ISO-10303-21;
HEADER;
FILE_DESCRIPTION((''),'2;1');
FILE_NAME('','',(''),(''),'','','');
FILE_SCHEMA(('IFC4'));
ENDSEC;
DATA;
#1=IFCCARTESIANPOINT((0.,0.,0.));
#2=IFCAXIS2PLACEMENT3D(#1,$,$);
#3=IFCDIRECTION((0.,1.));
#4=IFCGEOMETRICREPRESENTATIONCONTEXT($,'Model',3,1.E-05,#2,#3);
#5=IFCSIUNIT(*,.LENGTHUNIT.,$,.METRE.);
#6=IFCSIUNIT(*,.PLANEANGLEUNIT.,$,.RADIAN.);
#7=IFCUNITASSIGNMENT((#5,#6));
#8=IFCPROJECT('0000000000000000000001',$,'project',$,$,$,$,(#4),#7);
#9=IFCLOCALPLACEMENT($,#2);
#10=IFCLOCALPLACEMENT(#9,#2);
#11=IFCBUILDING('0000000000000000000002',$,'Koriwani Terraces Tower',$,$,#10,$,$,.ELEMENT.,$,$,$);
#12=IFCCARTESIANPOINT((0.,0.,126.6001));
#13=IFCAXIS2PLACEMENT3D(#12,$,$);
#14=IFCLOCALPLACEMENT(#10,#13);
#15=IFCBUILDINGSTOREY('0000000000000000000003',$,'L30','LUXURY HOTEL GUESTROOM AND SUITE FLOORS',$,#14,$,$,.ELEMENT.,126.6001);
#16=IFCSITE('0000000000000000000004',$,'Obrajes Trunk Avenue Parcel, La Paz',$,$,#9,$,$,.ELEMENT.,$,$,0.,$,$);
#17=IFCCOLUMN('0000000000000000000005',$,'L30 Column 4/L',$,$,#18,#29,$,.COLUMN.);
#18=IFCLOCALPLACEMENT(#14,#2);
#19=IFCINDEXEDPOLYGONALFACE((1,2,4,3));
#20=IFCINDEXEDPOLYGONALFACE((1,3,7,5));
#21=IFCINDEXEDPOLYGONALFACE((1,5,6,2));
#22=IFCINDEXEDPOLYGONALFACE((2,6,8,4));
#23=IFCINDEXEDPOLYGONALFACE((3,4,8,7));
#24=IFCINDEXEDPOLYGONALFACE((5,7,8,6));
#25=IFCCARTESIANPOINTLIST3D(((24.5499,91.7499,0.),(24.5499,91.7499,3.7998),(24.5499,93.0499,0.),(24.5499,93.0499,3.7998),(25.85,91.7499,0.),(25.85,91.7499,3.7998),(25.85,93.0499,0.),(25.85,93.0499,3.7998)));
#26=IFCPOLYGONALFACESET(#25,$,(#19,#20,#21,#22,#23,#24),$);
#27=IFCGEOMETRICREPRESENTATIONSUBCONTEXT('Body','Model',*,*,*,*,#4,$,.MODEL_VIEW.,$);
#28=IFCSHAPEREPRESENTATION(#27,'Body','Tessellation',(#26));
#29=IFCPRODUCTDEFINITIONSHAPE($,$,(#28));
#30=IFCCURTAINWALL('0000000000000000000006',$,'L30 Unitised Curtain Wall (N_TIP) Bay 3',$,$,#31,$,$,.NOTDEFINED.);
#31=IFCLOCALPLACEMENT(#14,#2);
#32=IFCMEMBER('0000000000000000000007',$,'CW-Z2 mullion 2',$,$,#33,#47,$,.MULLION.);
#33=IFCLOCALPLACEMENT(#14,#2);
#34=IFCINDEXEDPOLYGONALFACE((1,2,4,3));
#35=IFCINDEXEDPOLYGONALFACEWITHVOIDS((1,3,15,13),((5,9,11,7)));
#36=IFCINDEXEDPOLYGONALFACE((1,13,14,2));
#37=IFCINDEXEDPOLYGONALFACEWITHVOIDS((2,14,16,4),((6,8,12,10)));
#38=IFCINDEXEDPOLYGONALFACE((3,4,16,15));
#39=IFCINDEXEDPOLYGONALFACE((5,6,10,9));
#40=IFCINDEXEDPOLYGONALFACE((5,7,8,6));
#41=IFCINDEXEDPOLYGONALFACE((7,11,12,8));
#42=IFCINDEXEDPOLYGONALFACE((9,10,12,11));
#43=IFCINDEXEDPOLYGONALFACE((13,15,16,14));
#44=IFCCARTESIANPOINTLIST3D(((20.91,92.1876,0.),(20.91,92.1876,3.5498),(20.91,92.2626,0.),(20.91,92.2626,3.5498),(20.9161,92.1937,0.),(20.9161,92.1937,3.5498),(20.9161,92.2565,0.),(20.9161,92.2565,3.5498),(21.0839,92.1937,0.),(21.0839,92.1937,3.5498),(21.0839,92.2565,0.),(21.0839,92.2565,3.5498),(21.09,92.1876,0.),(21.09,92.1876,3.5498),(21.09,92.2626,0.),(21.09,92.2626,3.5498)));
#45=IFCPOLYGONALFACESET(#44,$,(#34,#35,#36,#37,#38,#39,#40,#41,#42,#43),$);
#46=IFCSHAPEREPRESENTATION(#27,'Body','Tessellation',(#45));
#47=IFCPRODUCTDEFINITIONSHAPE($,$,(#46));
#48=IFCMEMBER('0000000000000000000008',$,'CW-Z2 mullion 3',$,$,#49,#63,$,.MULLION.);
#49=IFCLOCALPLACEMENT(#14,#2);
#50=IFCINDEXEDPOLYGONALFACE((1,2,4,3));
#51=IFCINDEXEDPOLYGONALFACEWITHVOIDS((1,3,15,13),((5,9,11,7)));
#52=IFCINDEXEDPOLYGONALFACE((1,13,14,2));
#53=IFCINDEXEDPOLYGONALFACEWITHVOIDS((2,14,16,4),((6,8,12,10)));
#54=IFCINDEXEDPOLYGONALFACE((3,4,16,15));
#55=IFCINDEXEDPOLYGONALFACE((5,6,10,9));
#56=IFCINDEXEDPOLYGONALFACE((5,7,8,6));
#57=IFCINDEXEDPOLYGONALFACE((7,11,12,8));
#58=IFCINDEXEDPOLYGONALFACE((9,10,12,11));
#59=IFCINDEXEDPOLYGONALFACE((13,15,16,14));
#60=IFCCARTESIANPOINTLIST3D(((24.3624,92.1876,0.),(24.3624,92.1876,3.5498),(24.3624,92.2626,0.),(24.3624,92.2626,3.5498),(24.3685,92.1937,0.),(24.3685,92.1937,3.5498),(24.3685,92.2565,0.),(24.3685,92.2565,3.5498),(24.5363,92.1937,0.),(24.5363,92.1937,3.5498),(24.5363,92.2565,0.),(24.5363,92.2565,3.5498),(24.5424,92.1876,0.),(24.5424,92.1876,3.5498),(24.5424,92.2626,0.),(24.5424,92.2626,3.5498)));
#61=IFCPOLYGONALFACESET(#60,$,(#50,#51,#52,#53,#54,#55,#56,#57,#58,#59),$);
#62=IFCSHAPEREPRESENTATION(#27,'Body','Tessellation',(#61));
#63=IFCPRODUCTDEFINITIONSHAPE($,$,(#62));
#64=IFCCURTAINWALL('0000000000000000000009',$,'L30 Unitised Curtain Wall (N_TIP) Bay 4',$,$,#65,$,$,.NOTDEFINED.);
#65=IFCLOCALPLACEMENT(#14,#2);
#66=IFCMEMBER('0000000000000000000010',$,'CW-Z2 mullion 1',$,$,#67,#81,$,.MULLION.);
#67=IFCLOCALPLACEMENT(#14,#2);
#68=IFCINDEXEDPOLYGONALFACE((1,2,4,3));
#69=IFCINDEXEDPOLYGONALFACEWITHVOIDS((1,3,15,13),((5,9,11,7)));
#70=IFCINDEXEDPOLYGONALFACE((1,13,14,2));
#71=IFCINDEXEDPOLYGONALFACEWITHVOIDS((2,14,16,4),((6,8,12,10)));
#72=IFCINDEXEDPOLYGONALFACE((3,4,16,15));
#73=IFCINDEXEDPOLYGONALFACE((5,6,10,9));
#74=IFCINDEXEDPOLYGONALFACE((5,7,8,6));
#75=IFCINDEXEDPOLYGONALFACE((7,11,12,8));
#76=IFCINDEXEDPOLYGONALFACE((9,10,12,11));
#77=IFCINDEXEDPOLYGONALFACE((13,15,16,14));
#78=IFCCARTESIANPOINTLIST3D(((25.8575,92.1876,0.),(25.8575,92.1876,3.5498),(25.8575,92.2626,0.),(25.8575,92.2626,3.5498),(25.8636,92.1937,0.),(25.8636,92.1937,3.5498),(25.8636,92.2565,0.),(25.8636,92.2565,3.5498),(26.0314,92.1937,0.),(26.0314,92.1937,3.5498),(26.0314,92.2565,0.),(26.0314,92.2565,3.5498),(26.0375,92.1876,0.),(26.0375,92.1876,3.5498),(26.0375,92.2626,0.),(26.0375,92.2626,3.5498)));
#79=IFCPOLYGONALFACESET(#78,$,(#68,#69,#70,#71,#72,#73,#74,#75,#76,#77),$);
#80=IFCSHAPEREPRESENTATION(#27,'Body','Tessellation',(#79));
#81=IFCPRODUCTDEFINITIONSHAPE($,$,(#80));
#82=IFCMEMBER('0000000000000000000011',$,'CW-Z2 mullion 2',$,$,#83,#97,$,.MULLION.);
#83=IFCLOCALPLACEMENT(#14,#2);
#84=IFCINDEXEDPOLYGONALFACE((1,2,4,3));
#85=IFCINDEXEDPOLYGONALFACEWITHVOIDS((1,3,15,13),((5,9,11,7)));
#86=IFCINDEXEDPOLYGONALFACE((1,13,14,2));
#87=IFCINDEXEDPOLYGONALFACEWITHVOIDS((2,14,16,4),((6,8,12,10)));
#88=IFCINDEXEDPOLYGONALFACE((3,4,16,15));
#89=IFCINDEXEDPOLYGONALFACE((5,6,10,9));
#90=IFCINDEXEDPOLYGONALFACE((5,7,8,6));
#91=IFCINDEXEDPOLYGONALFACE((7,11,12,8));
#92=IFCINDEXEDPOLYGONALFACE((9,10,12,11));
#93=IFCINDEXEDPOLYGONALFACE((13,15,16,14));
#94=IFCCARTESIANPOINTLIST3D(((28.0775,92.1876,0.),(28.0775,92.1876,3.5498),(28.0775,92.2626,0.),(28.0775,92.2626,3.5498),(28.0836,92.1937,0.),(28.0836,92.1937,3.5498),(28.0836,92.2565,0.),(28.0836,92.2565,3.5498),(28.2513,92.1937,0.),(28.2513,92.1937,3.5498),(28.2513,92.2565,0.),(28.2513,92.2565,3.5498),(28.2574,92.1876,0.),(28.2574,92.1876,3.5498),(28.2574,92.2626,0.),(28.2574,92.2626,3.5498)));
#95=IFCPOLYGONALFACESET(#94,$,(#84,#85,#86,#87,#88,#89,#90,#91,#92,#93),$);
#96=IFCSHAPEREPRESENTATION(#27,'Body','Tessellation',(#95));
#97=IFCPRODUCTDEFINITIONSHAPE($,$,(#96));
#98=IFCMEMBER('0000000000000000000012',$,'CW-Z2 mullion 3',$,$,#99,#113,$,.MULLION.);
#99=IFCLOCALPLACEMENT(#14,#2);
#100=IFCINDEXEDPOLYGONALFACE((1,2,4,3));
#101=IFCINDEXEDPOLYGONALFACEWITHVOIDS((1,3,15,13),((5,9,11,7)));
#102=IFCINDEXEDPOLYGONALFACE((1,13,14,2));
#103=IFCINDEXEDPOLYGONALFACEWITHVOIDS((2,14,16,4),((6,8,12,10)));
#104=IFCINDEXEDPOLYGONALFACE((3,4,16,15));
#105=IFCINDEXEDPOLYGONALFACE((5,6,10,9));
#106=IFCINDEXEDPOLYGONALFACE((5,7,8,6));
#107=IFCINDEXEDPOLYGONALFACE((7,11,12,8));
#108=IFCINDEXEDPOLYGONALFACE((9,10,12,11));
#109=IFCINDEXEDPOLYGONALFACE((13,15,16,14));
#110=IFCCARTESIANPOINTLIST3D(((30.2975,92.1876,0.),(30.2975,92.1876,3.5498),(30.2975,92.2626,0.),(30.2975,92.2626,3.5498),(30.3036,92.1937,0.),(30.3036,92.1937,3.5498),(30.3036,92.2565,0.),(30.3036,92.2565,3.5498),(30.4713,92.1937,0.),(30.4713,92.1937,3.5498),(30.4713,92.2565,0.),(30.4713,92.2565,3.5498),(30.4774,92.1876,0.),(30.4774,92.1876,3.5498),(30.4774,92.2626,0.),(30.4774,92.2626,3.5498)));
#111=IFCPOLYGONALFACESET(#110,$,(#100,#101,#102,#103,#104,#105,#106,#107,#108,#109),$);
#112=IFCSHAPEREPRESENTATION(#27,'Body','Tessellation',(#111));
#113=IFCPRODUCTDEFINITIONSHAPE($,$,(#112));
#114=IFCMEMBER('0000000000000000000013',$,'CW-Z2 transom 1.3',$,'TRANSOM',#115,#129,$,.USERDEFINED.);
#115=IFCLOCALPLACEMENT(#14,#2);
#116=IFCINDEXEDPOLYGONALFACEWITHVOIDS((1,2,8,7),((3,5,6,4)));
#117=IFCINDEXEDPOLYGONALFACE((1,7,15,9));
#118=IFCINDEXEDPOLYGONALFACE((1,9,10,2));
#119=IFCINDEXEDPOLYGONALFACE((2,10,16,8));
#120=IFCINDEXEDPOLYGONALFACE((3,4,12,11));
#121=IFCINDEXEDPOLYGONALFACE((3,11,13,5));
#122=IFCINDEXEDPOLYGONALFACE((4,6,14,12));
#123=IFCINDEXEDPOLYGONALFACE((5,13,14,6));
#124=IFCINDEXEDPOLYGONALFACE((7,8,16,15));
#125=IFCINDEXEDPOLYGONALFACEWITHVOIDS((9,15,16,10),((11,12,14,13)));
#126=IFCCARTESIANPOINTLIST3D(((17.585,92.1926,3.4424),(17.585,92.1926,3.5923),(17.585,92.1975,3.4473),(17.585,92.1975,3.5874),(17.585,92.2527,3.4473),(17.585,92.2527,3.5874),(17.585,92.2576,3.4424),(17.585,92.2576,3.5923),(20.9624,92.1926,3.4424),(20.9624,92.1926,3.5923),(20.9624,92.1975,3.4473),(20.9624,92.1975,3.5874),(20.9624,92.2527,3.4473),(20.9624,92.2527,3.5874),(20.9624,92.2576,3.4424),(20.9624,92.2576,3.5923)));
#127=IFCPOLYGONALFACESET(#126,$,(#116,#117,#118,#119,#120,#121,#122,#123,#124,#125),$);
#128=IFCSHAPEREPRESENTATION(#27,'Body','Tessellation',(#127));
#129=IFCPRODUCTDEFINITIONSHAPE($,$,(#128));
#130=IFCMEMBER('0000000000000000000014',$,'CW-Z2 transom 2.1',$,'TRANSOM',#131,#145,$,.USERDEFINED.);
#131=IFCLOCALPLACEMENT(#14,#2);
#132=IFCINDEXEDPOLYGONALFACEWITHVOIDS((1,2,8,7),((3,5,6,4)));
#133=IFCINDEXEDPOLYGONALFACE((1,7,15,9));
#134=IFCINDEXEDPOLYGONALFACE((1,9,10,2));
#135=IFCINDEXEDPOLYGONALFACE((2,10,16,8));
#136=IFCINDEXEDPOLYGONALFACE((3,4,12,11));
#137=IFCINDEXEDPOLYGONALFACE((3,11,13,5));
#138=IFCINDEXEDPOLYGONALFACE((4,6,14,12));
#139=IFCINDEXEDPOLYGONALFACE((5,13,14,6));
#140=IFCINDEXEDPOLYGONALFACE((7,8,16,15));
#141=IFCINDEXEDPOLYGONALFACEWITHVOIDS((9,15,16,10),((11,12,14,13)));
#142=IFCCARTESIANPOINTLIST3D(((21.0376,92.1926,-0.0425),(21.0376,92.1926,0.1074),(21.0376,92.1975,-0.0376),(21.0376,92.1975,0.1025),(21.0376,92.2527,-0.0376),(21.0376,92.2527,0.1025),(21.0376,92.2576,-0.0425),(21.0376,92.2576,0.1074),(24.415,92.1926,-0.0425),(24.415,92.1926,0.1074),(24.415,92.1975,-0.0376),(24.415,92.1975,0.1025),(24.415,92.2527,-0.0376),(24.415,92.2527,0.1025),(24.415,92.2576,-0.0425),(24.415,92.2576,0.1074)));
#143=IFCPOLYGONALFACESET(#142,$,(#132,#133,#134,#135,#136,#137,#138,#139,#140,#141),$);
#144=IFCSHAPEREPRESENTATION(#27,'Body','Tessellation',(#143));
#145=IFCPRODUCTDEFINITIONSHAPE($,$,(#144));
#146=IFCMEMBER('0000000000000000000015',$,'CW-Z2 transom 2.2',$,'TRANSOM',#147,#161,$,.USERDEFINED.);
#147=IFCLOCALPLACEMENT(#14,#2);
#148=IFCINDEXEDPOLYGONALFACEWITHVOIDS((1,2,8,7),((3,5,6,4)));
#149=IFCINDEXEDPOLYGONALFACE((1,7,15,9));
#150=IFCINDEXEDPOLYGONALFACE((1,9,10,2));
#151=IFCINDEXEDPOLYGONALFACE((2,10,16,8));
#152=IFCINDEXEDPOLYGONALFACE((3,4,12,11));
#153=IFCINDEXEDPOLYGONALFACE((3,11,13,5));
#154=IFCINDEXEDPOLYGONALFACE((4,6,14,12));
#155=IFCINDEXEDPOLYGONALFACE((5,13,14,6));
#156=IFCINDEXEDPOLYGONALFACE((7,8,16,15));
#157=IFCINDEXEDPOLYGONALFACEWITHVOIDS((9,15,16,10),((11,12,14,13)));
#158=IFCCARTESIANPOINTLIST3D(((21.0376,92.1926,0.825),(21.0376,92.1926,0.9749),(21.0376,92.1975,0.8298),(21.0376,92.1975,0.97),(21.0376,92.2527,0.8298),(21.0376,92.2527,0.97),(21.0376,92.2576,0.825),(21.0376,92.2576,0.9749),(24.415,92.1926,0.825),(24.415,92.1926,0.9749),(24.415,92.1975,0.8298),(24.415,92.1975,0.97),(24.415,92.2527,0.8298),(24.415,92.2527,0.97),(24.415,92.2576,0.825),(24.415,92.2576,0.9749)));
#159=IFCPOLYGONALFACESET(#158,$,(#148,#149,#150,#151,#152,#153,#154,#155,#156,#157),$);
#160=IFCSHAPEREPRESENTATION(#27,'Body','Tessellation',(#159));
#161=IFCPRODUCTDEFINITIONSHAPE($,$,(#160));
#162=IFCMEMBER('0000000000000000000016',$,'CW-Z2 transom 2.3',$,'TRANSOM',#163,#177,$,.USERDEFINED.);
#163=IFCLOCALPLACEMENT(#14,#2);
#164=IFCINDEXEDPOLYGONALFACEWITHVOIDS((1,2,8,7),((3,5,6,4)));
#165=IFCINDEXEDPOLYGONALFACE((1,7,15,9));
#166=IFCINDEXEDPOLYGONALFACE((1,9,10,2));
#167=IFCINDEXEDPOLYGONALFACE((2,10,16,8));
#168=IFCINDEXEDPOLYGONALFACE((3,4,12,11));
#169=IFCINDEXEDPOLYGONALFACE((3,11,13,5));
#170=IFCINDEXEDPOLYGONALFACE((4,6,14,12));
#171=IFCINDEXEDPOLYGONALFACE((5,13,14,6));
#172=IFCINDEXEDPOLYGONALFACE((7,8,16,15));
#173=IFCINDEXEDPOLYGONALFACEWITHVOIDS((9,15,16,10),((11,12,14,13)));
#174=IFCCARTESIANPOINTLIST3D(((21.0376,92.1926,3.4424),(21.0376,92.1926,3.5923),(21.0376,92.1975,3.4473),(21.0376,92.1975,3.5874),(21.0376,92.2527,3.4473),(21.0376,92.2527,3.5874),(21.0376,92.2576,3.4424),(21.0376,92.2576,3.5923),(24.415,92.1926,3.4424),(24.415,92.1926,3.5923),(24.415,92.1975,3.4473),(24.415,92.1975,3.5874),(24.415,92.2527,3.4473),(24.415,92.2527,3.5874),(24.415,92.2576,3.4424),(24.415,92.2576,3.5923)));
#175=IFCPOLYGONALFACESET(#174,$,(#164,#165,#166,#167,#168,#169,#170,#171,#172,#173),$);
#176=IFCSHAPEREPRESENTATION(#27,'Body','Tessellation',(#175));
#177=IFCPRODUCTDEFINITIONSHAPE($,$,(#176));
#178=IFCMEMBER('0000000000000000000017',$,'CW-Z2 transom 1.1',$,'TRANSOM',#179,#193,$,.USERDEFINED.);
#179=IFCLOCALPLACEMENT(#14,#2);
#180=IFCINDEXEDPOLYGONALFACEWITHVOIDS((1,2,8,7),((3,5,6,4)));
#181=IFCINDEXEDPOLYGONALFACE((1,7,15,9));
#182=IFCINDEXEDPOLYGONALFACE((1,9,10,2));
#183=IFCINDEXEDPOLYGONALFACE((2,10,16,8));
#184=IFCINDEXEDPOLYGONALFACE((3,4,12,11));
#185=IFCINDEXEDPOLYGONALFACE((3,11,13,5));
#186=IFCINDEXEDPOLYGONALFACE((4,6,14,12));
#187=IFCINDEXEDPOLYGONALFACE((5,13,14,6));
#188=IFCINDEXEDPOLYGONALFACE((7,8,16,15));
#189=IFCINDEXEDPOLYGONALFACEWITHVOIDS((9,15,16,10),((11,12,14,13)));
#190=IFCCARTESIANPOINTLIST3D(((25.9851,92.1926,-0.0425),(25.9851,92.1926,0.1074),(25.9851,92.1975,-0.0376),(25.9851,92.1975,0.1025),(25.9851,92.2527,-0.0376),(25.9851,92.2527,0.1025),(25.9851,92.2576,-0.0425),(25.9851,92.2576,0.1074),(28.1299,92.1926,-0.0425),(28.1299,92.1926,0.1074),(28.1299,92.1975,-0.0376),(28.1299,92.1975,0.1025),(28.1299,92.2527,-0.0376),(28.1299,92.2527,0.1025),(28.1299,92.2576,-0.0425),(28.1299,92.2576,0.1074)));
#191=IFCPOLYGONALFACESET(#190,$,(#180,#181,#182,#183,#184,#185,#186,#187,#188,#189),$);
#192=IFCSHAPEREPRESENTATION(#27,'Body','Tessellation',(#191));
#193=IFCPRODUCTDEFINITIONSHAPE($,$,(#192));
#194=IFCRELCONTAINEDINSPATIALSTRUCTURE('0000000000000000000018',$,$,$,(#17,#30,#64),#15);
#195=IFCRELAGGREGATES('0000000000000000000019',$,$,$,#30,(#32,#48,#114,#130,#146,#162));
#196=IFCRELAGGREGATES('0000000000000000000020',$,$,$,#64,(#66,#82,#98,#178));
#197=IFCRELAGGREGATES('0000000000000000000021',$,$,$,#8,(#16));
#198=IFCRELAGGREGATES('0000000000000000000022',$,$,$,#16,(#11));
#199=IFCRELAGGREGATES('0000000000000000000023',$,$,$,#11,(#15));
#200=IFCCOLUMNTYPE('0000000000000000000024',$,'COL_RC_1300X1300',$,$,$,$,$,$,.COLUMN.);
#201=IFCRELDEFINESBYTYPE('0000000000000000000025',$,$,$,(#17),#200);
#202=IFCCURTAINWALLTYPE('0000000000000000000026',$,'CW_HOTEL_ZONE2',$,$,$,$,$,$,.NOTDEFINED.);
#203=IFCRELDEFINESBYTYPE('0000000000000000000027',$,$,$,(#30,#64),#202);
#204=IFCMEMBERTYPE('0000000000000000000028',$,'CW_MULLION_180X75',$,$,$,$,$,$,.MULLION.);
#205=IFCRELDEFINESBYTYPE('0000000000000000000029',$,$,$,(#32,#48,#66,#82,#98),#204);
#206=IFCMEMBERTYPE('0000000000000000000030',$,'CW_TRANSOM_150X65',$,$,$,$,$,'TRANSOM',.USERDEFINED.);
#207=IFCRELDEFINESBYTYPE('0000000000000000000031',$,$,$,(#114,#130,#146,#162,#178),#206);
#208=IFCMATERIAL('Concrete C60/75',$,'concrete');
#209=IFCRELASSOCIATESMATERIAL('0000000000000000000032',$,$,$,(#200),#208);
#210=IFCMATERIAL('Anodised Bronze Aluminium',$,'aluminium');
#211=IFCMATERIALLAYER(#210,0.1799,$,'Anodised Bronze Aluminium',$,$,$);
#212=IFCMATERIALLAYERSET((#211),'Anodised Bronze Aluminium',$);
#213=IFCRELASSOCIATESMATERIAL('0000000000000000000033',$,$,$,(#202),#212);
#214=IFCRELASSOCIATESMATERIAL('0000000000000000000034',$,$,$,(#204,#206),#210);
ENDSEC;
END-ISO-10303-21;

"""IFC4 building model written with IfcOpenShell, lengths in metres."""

from ifc_helpers import new_model, si_unit, direction, frame, origin, origin_2d, place, context, subcontext, project, spatial, rectangle, hollow_rectangle, extrude, material, layer, layer_set, material_profile, profile_set, type_object, element, aggregate, save


model = new_model("IFC4")

# Units and contexts
model_context = context("Model", 3, precision=1e-05, world=origin(), true_north=direction((0.0, 1.0)))
body_context = subcontext(model_context, "Body", "Model", "MODEL_VIEW")
ifc_project = project(units=[si_unit("LENGTHUNIT", "METRE"), si_unit("PLANEANGLEUNIT", "RADIAN")], contexts=[model_context])

# Site, building, storey
site_placement = place(None, origin())
site = spatial("IfcSite", under=ifc_project, at=site_placement, Name="Obrajes Trunk Avenue Parcel, La Paz", CompositionType="ELEMENT", RefElevation=0.0)
building_placement = place(site_placement, origin())
building = spatial("IfcBuilding", under=site, at=building_placement, Name="Koriwani Terraces Tower", CompositionType="ELEMENT")
storey_placement = place(building_placement, frame((0.0, 0.0, 126.6001)))
storey = spatial("IfcBuildingStorey", under=building, at=storey_placement, Name="L30", Description="LUXURY HOTEL GUESTROOM AND SUITE FLOORS", CompositionType="ELEMENT", Elevation=126.6001)

# Column
ifc_material_1 = material(Name="Concrete C60/75", Category="concrete")
ifc_material_profile_1 = material_profile(ifc_material_1, rectangle(XDim=1.3, YDim=1.3, at=origin_2d()), Name="Concrete C60/75", Category="LoadBearing")
ifc_profile_set_1 = profile_set([ifc_material_profile_1], Name="Concrete C60/75")
column_type = type_object("IfcColumnType", Name="COL_RC_1300X1300", PredefinedType="COLUMN", material=ifc_profile_set_1)
column_placement = place(storey_placement, frame((25.2, 92.3999, 0.0), z_axis=(0.0, 0.0, 1.0), x_axis=(1.0, 0.0, 0.0)))
element("IfcColumn", 1, at=column_placement, inside=storey, type_object=column_type, Name="L30 Column 4/L", PredefinedType="COLUMN", context=body_context, shape_type="SweptSolid", body=[
    extrude(rectangle(XDim=1.3, YDim=1.3, at=origin_2d()), origin(), (0.0, 0.0, 1.0), 3.7998),
])

# Curtain walls, members
ifc_material_2 = material(Name="Anodised Bronze Aluminium", Category="aluminium")
ifc_layer_1 = layer(ifc_material_2, 0.1799, Name="Anodised Bronze Aluminium")
ifc_layer_set_1 = layer_set([ifc_layer_1], Name="Anodised Bronze Aluminium")
curtain_wall_type = type_object("IfcCurtainWallType", Name="CW_HOTEL_ZONE2", PredefinedType="NOTDEFINED", material=ifc_layer_set_1)
curtain_wall_1_placement = place(storey_placement, origin())
curtain_wall_1 = element("IfcCurtainWall", 2, at=curtain_wall_1_placement, inside=storey, type_object=curtain_wall_type, Name="L30 Unitised Curtain Wall (N_TIP) Bay 3", PredefinedType="NOTDEFINED")
ifc_material_profile_2 = material_profile(ifc_material_2, hollow_rectangle(XDim=0.075, YDim=0.1799, WallThickness=0.0061, at=origin_2d()), Name="Anodised Bronze Aluminium", Category="LoadBearing")
ifc_profile_set_2 = profile_set([ifc_material_profile_2], Name="Anodised Bronze Aluminium")
member_type_1 = type_object("IfcMemberType", Name="CW_MULLION_180X75", PredefinedType="MULLION", material=ifc_profile_set_2)
member_1_placement = place(storey_placement, frame((21.0, 92.2251, 0.0), z_axis=(0.0, 0.0, 1.0), x_axis=(0.0, 1.0, 0.0)))
member_1 = element("IfcMember", 3, at=member_1_placement, type_object=member_type_1, Name="CW-Z2 mullion 2", PredefinedType="MULLION", context=body_context, shape_type="SweptSolid", body=[
    extrude(hollow_rectangle(XDim=0.075, YDim=0.1799, WallThickness=0.0061, at=origin_2d()), origin(), (0.0, 0.0, 1.0), 3.5498),
])
member_2_placement = place(storey_placement, frame((24.4524, 92.2251, 0.0), z_axis=(0.0, 0.0, 1.0), x_axis=(0.0, 1.0, 0.0)))
member_2 = element("IfcMember", 4, at=member_2_placement, type_object=member_type_1, Name="CW-Z2 mullion 3", PredefinedType="MULLION", context=body_context, shape_type="SweptSolid", body=[
    extrude(hollow_rectangle(XDim=0.075, YDim=0.1799, WallThickness=0.0061, at=origin_2d()), origin(), (0.0, 0.0, 1.0), 3.5498),
])
curtain_wall_2_placement = place(storey_placement, origin())
curtain_wall_2 = element("IfcCurtainWall", 5, at=curtain_wall_2_placement, inside=storey, type_object=curtain_wall_type, Name="L30 Unitised Curtain Wall (N_TIP) Bay 4", PredefinedType="NOTDEFINED")
member_3_placement = place(storey_placement, frame((25.9475, 92.2251, 0.0), z_axis=(0.0, 0.0, 1.0), x_axis=(0.0, 1.0, 0.0)))
member_3 = element("IfcMember", 6, at=member_3_placement, type_object=member_type_1, Name="CW-Z2 mullion 1", PredefinedType="MULLION", context=body_context, shape_type="SweptSolid", body=[
    extrude(hollow_rectangle(XDim=0.075, YDim=0.1799, WallThickness=0.0061, at=origin_2d()), origin(), (0.0, 0.0, 1.0), 3.5498),
])
member_4_placement = place(storey_placement, frame((28.1675, 92.2251, 0.0), z_axis=(0.0, 0.0, 1.0), x_axis=(0.0, 1.0, 0.0)))
member_4 = element("IfcMember", 7, at=member_4_placement, type_object=member_type_1, Name="CW-Z2 mullion 2", PredefinedType="MULLION", context=body_context, shape_type="SweptSolid", body=[
    extrude(hollow_rectangle(XDim=0.075, YDim=0.1799, WallThickness=0.0061, at=origin_2d()), origin(), (0.0, 0.0, 1.0), 3.5498),
])
member_5_placement = place(storey_placement, frame((30.3875, 92.2251, 0.0), z_axis=(0.0, 0.0, 1.0), x_axis=(0.0, 1.0, 0.0)))
member_5 = element("IfcMember", 8, at=member_5_placement, type_object=member_type_1, Name="CW-Z2 mullion 3", PredefinedType="MULLION", context=body_context, shape_type="SweptSolid", body=[
    extrude(hollow_rectangle(XDim=0.075, YDim=0.1799, WallThickness=0.0061, at=origin_2d()), origin(), (0.0, 0.0, 1.0), 3.5498),
])

# Members
ifc_material_profile_3 = material_profile(ifc_material_2, hollow_rectangle(XDim=0.0649, YDim=0.1499, WallThickness=0.0049, at=origin_2d()), Name="Anodised Bronze Aluminium", Category="LoadBearing")
ifc_profile_set_3 = profile_set([ifc_material_profile_3], Name="Anodised Bronze Aluminium")
member_type_2 = type_object("IfcMemberType", Name="CW_TRANSOM_150X65", ElementType="TRANSOM", PredefinedType="USERDEFINED", material=ifc_profile_set_3)
member_6_placement = place(storey_placement, frame((17.585, 92.2251, 3.5173), z_axis=(1.0, 0.0, 0.0), x_axis=(0.0, 1.0, 0.0)))
member_6 = element("IfcMember", 9, at=member_6_placement, type_object=member_type_2, Name="CW-Z2 transom 1.3", ObjectType="TRANSOM", PredefinedType="USERDEFINED", context=body_context, shape_type="SweptSolid", body=[
    extrude(hollow_rectangle(XDim=0.0649, YDim=0.1499, WallThickness=0.0049, at=origin_2d()), origin(), (0.0, 0.0, 1.0), 3.3774),
])
member_7_placement = place(storey_placement, frame((21.0376, 92.2251, 0.0325), z_axis=(1.0, 0.0, 0.0), x_axis=(0.0, 1.0, 0.0)))
member_7 = element("IfcMember", 10, at=member_7_placement, type_object=member_type_2, Name="CW-Z2 transom 2.1", ObjectType="TRANSOM", PredefinedType="USERDEFINED", context=body_context, shape_type="SweptSolid", body=[
    extrude(hollow_rectangle(XDim=0.0649, YDim=0.1499, WallThickness=0.0049, at=origin_2d()), origin(), (0.0, 0.0, 1.0), 3.3774),
])
member_8_placement = place(storey_placement, frame((21.0376, 92.2251, 0.8999), z_axis=(1.0, 0.0, 0.0), x_axis=(0.0, 1.0, 0.0)))
member_8 = element("IfcMember", 11, at=member_8_placement, type_object=member_type_2, Name="CW-Z2 transom 2.2", ObjectType="TRANSOM", PredefinedType="USERDEFINED", context=body_context, shape_type="SweptSolid", body=[
    extrude(hollow_rectangle(XDim=0.0649, YDim=0.1499, WallThickness=0.0049, at=origin_2d()), origin(), (0.0, 0.0, 1.0), 3.3774),
])
member_9_placement = place(storey_placement, frame((21.0376, 92.2251, 3.5173), z_axis=(1.0, 0.0, 0.0), x_axis=(0.0, 1.0, 0.0)))
member_9 = element("IfcMember", 12, at=member_9_placement, type_object=member_type_2, Name="CW-Z2 transom 2.3", ObjectType="TRANSOM", PredefinedType="USERDEFINED", context=body_context, shape_type="SweptSolid", body=[
    extrude(hollow_rectangle(XDim=0.0649, YDim=0.1499, WallThickness=0.0049, at=origin_2d()), origin(), (0.0, 0.0, 1.0), 3.3774),
])
member_10_placement = place(storey_placement, frame((25.9851, 92.2251, 0.0325), z_axis=(1.0, 0.0, 0.0), x_axis=(0.0, 1.0, 0.0)))
member_10 = element("IfcMember", 13, at=member_10_placement, type_object=member_type_2, Name="CW-Z2 transom 1.1", ObjectType="TRANSOM", PredefinedType="USERDEFINED", context=body_context, shape_type="SweptSolid", body=[
    extrude(hollow_rectangle(XDim=0.0649, YDim=0.1499, WallThickness=0.0049, at=origin_2d()), origin(), (0.0, 0.0, 1.0), 2.1448),
])

aggregate(curtain_wall_1, [member_1, member_2, member_6, member_7, member_8, member_9])
aggregate(curtain_wall_2, [member_3, member_4, member_5, member_10])

save(model, "model.ifc")
